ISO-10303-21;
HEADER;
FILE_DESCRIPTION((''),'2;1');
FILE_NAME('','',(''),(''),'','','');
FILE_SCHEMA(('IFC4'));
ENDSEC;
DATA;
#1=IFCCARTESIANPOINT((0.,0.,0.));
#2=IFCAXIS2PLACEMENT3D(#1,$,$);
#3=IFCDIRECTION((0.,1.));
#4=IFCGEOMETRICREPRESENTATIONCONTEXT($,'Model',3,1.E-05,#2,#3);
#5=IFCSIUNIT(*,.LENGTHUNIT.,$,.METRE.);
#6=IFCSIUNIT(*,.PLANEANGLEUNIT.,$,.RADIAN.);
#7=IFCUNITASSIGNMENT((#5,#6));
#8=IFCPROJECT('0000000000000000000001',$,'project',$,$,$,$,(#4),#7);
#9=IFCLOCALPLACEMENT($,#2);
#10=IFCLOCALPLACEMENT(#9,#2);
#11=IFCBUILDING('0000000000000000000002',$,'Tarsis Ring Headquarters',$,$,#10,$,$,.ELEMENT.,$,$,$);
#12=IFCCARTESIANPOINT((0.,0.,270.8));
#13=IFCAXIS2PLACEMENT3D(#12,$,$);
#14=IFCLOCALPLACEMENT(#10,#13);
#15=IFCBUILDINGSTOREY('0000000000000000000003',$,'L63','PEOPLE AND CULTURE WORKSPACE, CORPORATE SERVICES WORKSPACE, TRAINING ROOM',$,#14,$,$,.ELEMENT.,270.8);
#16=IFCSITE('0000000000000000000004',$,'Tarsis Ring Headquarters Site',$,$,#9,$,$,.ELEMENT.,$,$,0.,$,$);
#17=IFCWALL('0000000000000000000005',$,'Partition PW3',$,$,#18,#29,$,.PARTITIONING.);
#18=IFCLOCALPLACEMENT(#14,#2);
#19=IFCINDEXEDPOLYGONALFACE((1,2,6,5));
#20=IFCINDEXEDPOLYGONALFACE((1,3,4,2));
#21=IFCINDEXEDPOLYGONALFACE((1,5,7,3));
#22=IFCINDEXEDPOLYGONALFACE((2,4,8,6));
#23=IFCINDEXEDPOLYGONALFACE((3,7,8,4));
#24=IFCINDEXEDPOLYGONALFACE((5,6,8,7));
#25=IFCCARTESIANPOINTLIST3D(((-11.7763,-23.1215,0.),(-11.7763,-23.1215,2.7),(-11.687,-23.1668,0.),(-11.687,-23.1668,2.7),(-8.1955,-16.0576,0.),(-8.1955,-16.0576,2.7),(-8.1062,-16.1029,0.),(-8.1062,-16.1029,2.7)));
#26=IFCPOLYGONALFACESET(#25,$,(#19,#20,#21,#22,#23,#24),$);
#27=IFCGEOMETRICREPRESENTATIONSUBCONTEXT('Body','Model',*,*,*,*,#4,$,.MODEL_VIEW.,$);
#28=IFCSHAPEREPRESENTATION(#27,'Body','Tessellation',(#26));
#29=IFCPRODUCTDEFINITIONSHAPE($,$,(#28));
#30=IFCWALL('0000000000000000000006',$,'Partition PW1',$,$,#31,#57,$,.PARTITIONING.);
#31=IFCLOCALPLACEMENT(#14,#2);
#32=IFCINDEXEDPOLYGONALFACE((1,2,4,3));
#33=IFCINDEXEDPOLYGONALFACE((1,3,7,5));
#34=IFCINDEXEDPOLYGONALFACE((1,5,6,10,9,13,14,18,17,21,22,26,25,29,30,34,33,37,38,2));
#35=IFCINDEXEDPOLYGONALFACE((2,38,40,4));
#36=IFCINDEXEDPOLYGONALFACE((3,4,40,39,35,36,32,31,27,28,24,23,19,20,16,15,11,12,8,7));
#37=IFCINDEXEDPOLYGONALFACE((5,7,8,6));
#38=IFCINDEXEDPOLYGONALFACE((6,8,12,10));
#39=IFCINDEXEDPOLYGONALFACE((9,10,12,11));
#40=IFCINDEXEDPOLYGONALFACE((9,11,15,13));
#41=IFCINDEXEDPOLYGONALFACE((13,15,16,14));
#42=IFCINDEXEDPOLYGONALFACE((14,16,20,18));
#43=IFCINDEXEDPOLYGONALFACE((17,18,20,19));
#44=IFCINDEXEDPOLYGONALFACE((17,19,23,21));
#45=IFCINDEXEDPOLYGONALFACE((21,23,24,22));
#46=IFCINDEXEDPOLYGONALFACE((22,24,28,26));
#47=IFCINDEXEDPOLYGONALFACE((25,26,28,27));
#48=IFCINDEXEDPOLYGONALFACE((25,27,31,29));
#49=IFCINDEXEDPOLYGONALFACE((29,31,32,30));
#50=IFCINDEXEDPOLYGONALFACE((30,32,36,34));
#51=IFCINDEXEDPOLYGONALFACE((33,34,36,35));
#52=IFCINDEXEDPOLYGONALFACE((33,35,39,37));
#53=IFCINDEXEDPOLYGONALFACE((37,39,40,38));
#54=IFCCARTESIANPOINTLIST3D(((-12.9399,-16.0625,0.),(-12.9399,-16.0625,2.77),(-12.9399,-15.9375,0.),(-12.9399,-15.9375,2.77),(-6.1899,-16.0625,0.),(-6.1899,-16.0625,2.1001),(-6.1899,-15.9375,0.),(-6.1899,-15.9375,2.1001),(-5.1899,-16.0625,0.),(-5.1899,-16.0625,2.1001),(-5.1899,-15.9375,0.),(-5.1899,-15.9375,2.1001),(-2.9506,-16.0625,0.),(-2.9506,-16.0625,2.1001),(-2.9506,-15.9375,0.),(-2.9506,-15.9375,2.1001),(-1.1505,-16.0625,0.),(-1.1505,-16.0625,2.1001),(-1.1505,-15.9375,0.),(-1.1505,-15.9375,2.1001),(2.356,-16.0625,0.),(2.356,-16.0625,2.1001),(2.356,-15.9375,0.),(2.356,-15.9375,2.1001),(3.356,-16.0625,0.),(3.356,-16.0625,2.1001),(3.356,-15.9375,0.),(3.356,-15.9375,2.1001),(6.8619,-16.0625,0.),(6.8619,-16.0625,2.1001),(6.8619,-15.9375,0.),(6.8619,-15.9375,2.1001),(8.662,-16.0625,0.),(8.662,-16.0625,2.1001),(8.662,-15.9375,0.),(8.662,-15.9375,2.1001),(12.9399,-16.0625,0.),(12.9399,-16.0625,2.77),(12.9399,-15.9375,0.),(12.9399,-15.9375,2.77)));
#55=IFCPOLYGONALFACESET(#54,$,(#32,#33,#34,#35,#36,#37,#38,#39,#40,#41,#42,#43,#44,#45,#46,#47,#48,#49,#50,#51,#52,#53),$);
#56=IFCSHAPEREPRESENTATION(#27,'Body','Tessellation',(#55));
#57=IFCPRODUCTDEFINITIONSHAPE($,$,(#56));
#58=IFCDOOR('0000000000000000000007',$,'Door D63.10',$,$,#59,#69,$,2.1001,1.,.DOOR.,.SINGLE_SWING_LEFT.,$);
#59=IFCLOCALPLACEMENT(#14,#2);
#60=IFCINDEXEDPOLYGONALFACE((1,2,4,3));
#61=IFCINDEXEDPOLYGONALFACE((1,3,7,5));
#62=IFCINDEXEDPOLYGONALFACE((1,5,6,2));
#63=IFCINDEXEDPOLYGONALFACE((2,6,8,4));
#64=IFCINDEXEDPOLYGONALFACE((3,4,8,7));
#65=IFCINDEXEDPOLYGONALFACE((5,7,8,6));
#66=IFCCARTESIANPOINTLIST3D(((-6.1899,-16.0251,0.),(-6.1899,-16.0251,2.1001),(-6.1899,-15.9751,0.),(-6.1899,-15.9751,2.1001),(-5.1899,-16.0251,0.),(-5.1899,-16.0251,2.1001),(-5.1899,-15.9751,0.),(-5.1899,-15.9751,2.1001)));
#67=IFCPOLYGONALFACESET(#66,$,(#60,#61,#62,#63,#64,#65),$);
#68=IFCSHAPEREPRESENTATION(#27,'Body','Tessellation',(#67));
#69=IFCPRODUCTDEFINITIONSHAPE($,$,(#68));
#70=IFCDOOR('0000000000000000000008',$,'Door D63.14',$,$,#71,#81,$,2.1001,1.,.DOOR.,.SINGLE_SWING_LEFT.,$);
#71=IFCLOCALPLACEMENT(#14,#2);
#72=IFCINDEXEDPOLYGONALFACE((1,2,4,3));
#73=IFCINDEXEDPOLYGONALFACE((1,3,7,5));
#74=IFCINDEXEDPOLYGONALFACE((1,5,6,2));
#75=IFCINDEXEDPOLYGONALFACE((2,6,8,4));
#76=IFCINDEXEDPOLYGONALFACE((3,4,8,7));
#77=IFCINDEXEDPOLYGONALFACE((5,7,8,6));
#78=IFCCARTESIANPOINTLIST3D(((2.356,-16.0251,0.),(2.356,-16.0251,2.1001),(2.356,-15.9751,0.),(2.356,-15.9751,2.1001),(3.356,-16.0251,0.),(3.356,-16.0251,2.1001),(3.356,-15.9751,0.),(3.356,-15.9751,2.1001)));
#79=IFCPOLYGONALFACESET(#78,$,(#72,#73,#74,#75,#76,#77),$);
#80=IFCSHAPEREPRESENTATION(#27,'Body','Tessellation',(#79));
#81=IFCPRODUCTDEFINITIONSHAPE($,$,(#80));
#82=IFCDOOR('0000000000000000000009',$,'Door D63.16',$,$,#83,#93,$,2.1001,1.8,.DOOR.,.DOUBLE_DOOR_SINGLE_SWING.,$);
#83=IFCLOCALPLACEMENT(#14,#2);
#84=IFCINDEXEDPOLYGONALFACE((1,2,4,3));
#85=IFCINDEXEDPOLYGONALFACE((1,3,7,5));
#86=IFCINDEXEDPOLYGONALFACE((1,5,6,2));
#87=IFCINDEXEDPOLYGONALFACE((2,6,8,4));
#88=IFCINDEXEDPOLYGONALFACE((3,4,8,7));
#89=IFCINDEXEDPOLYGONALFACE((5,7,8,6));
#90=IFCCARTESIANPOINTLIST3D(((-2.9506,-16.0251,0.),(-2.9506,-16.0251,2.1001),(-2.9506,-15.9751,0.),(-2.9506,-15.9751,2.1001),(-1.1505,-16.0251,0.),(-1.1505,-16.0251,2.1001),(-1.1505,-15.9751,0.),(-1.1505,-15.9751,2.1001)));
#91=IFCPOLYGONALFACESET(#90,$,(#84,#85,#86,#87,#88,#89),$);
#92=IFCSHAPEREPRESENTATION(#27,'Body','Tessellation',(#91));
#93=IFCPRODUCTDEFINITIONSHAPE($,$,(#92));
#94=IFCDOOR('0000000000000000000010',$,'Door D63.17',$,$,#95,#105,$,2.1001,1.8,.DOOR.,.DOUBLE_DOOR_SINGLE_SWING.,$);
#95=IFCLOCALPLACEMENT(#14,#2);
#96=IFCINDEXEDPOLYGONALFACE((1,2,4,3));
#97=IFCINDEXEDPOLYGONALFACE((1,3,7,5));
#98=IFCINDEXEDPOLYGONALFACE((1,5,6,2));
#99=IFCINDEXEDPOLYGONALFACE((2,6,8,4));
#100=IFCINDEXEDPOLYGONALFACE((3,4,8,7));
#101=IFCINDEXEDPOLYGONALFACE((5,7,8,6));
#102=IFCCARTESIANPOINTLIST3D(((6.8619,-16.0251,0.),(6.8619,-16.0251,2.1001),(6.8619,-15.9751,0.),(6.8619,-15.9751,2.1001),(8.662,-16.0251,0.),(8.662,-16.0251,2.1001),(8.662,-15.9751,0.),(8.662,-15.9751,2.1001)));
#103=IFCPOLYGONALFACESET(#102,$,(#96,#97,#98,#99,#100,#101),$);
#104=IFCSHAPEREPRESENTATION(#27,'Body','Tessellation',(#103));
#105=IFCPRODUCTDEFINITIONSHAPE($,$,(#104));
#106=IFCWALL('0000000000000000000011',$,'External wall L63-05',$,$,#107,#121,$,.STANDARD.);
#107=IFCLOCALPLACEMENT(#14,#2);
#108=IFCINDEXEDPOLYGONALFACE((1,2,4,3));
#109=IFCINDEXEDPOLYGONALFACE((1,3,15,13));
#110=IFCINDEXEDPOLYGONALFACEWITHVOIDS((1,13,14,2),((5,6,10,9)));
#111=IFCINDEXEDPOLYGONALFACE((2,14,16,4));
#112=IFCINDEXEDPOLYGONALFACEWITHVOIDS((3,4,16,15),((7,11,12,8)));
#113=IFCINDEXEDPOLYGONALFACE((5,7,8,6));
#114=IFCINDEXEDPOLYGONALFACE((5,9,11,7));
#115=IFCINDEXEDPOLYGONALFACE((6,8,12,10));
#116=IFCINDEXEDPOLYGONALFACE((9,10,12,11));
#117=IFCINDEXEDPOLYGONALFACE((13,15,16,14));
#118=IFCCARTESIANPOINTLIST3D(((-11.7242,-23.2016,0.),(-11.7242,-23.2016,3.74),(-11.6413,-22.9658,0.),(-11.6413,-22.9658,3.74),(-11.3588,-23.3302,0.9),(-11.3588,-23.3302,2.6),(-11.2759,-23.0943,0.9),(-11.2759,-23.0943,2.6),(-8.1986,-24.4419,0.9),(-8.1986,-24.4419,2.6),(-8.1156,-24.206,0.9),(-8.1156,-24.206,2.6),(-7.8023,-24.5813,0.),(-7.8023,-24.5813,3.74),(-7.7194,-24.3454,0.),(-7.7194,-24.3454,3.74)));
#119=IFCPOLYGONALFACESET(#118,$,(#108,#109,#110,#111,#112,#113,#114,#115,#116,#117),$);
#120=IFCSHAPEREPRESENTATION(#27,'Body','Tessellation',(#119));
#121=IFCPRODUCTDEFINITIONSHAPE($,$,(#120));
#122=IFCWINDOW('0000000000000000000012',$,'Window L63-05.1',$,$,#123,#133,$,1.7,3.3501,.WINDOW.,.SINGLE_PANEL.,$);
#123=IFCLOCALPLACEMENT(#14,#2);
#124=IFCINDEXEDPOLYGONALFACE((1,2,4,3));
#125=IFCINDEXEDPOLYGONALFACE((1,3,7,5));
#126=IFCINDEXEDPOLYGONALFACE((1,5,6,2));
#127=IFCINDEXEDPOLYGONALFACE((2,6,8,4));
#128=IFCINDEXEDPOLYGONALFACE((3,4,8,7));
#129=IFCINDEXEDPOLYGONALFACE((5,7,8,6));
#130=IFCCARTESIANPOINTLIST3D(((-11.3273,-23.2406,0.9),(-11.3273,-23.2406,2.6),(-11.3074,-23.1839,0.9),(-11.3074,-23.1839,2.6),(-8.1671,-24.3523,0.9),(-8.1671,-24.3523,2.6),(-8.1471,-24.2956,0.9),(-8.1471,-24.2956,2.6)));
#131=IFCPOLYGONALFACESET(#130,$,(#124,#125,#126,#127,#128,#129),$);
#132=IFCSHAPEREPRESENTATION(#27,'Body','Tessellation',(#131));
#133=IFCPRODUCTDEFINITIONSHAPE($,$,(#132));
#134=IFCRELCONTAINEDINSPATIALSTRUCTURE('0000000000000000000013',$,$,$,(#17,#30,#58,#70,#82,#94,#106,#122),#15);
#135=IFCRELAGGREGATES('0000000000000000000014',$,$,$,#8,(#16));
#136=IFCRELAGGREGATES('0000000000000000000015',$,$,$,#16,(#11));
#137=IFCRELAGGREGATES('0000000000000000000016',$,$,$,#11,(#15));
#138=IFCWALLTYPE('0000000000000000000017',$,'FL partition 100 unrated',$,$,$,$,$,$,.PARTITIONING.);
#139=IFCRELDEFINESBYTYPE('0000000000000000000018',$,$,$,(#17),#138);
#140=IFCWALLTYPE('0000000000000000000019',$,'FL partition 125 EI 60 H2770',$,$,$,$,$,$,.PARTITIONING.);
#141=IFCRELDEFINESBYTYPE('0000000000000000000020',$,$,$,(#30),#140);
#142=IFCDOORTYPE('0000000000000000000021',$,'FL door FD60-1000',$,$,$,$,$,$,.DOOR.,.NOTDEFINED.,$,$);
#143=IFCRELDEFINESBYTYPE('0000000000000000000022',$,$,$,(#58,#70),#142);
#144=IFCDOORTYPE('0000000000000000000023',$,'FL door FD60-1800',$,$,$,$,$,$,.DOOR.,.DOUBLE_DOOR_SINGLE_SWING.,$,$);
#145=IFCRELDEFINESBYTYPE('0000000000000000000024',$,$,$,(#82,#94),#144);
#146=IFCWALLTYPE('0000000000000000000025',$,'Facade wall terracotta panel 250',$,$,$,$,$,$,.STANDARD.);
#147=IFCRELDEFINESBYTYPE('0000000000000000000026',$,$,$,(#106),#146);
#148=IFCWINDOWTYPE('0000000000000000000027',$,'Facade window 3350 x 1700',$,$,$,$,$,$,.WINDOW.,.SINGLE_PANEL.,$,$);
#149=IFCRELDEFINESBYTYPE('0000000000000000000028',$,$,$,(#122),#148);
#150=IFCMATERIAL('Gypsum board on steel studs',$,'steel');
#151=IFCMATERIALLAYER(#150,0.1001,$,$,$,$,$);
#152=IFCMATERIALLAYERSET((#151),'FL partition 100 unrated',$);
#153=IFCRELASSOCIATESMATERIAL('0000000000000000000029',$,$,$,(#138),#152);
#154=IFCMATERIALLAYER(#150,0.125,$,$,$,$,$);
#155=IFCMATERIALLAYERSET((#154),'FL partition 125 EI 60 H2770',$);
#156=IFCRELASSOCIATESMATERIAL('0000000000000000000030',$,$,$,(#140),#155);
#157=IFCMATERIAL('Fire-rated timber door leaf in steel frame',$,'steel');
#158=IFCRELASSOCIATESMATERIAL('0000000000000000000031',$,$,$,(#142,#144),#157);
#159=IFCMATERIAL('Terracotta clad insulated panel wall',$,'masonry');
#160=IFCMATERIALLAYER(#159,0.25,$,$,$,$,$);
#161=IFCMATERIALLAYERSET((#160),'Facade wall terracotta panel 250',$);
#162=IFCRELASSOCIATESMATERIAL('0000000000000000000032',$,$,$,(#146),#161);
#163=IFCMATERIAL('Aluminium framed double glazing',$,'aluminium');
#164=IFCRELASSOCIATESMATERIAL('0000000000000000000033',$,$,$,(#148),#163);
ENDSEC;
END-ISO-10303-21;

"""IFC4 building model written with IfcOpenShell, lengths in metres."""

from ifc_helpers import new_model, si_unit, direction, frame, frame_2d, origin, place, context, subcontext, project, spatial, rectangle, extrude, material, layer, layer_set, type_object, element, fill, save


model = new_model("IFC4")

# Units and contexts
model_context = context("Model", 3, precision=1e-05, world=origin(), true_north=direction((0.0, 1.0)))
body_context = subcontext(model_context, "Body", "Model", "MODEL_VIEW")
ifc_project = project(units=[si_unit("LENGTHUNIT", "METRE"), si_unit("PLANEANGLEUNIT", "RADIAN")], contexts=[model_context])

# Site, building, storey
site_placement = place(None, origin())
site = spatial("IfcSite", under=ifc_project, at=site_placement, Name="Tarsis Ring Headquarters Site", CompositionType="ELEMENT", RefElevation=0.0)
building_placement = place(site_placement, origin())
building = spatial("IfcBuilding", under=site, at=building_placement, Name="Tarsis Ring Headquarters", CompositionType="ELEMENT")
storey_placement = place(building_placement, frame((0.0, 0.0, 270.8)))
storey = spatial("IfcBuildingStorey", under=building, at=storey_placement, Name="L63", Description="PEOPLE AND CULTURE WORKSPACE, CORPORATE SERVICES WORKSPACE, TRAINING ROOM", CompositionType="ELEMENT", Elevation=270.8)

# Wall
ifc_material_1 = material(Name="Gypsum board on steel studs", Category="steel")
ifc_layer_1 = layer(ifc_material_1, 0.1001)
ifc_layer_set_1 = layer_set([ifc_layer_1], Name="FL partition 100 unrated")
wall_type_1 = type_object("IfcWallType", Name="FL partition 100 unrated", PredefinedType="PARTITIONING", material=ifc_layer_set_1)
wall_1_placement = place(storey_placement, frame((-11.7317, -23.1443, 0.0), z_axis=(0.0, 0.0, 1.0), x_axis=(0.452139, 0.891947, 0.0)))
element("IfcWall", 1, at=wall_1_placement, inside=storey, type_object=wall_type_1, Name="Partition PW3", PredefinedType="PARTITIONING", context=body_context, shape_type="SweptSolid", body=[
    extrude(rectangle(XDim=7.9197, YDim=0.1001, at=frame_2d((3.96, 0.0))), origin(), (0.0, 0.0, 1.0), 2.7),
])

# Wall, openings, doors
ifc_layer_2 = layer(ifc_material_1, 0.125)
ifc_layer_set_2 = layer_set([ifc_layer_2], Name="FL partition 125 EI 60 H2770")
wall_type_2 = type_object("IfcWallType", Name="FL partition 125 EI 60 H2770", PredefinedType="PARTITIONING", material=ifc_layer_set_2)
wall_2_placement = place(storey_placement, frame((-12.9399, -16.0, 0.0), z_axis=(0.0, 0.0, 1.0), x_axis=(1.0, 0.0, 0.0)))
wall_2 = element("IfcWall", 2, at=wall_2_placement, inside=storey, type_object=wall_type_2, Name="Partition PW1", PredefinedType="PARTITIONING", context=body_context, shape_type="SweptSolid", body=[
    extrude(rectangle(XDim=25.8799, YDim=0.125, at=frame_2d((12.9399, 0.0))), origin(), (0.0, 0.0, 1.0), 2.77),
])
opening_1_placement = place(wall_2_placement, frame((6.75, 0.0, 0.0)))
opening_1 = element("IfcOpeningElement", 3, at=opening_1_placement, cuts=wall_2, PredefinedType="OPENING", context=body_context, shape_type="SweptSolid", body=[
    extrude(rectangle(XDim=1.0, YDim=2.1001, at=frame_2d((0.5, 1.05))), frame((0.0, 0.0725, 0.0), z_axis=(0.0, -1.0, 0.0), x_axis=(1.0, 0.0, 0.0)), (0.0, 0.0, 1.0), 0.145),
])
opening_2_placement = place(wall_2_placement, frame((15.2959, 0.0, 0.0)))
opening_2 = element("IfcOpeningElement", 4, at=opening_2_placement, cuts=wall_2, PredefinedType="OPENING", context=body_context, shape_type="SweptSolid", body=[
    extrude(rectangle(XDim=1.0, YDim=2.1001, at=frame_2d((0.5, 1.05))), frame((0.0, 0.0725, 0.0), z_axis=(0.0, -1.0, 0.0), x_axis=(1.0, 0.0, 0.0)), (0.0, 0.0, 1.0), 0.145),
])
opening_3_placement = place(wall_2_placement, frame((9.9895, 0.0, 0.0)))
opening_3 = element("IfcOpeningElement", 5, at=opening_3_placement, cuts=wall_2, PredefinedType="OPENING", context=body_context, shape_type="SweptSolid", body=[
    extrude(rectangle(XDim=1.8, YDim=2.1001, at=frame_2d((0.8999, 1.05))), frame((0.0, 0.0725, 0.0), z_axis=(0.0, -1.0, 0.0), x_axis=(1.0, 0.0, 0.0)), (0.0, 0.0, 1.0), 0.145),
])
opening_4_placement = place(wall_2_placement, frame((19.802, 0.0, 0.0)))
opening_4 = element("IfcOpeningElement", 6, at=opening_4_placement, cuts=wall_2, PredefinedType="OPENING", context=body_context, shape_type="SweptSolid", body=[
    extrude(rectangle(XDim=1.8, YDim=2.1001, at=frame_2d((0.8999, 1.05))), frame((0.0, 0.0725, 0.0), z_axis=(0.0, -1.0, 0.0), x_axis=(1.0, 0.0, 0.0)), (0.0, 0.0, 1.0), 0.145),
])
ifc_material_2 = material(Name="Fire-rated timber door leaf in steel frame", Category="steel")
door_type_1 = type_object("IfcDoorType", Name="FL door FD60-1000", OperationType="NOTDEFINED", PredefinedType="DOOR", material=ifc_material_2)
door_1_placement = place(opening_1_placement, origin())
door_1 = element("IfcDoor", 7, at=door_1_placement, inside=storey, type_object=door_type_1, Name="Door D63.10", OperationType="SINGLE_SWING_LEFT", OverallHeight=2.1001, OverallWidth=1.0, PredefinedType="DOOR", context=body_context, shape_type="SweptSolid", body=[
    extrude(rectangle(XDim=1.0, YDim=2.1001, at=frame_2d((0.5, 1.05))), frame((0.0, 0.0249, 0.0), z_axis=(0.0, -1.0, 0.0), x_axis=(1.0, 0.0, 0.0)), (0.0, 0.0, 1.0), 0.05),
])
fill(opening_1, door_1)
door_2_placement = place(opening_2_placement, origin())
door_2 = element("IfcDoor", 8, at=door_2_placement, inside=storey, type_object=door_type_1, Name="Door D63.14", OperationType="SINGLE_SWING_LEFT", OverallHeight=2.1001, OverallWidth=1.0, PredefinedType="DOOR", context=body_context, shape_type="SweptSolid", body=[
    extrude(rectangle(XDim=1.0, YDim=2.1001, at=frame_2d((0.5, 1.05))), frame((0.0, 0.0249, 0.0), z_axis=(0.0, -1.0, 0.0), x_axis=(1.0, 0.0, 0.0)), (0.0, 0.0, 1.0), 0.05),
])
fill(opening_2, door_2)
door_type_2 = type_object("IfcDoorType", Name="FL door FD60-1800", OperationType="DOUBLE_DOOR_SINGLE_SWING", PredefinedType="DOOR", material=ifc_material_2)
door_3_placement = place(opening_3_placement, origin())
door_3 = element("IfcDoor", 9, at=door_3_placement, inside=storey, type_object=door_type_2, Name="Door D63.16", OperationType="DOUBLE_DOOR_SINGLE_SWING", OverallHeight=2.1001, OverallWidth=1.8, PredefinedType="DOOR", context=body_context, shape_type="SweptSolid", body=[
    extrude(rectangle(XDim=1.8, YDim=2.1001, at=frame_2d((0.8999, 1.05))), frame((0.0, 0.0249, 0.0), z_axis=(0.0, -1.0, 0.0), x_axis=(1.0, 0.0, 0.0)), (0.0, 0.0, 1.0), 0.05),
])
fill(opening_3, door_3)
door_4_placement = place(opening_4_placement, origin())
door_4 = element("IfcDoor", 10, at=door_4_placement, inside=storey, type_object=door_type_2, Name="Door D63.17", OperationType="DOUBLE_DOOR_SINGLE_SWING", OverallHeight=2.1001, OverallWidth=1.8, PredefinedType="DOOR", context=body_context, shape_type="SweptSolid", body=[
    extrude(rectangle(XDim=1.8, YDim=2.1001, at=frame_2d((0.8999, 1.05))), frame((0.0, 0.0249, 0.0), z_axis=(0.0, -1.0, 0.0), x_axis=(1.0, 0.0, 0.0)), (0.0, 0.0, 1.0), 0.05),
])
fill(opening_4, door_4)

# Wall, opening, window
ifc_material_3 = material(Name="Terracotta clad insulated panel wall", Category="masonry")
ifc_layer_3 = layer(ifc_material_3, 0.25)
ifc_layer_set_3 = layer_set([ifc_layer_3], Name="Facade wall terracotta panel 250")
wall_type_3 = type_object("IfcWallType", Name="Facade wall terracotta panel 250", PredefinedType="STANDARD", material=ifc_layer_set_3)
wall_3_placement = place(storey_placement, frame((-11.6826, -23.0837, 0.0), z_axis=(0.0, 0.0, 1.0), x_axis=(0.943333, -0.331846, 0.0)))
wall_3 = element("IfcWall", 11, at=wall_3_placement, inside=storey, type_object=wall_type_3, Name="External wall L63-05", PredefinedType="STANDARD", context=body_context, shape_type="SweptSolid", body=[
    extrude(rectangle(XDim=4.1575, YDim=0.25, at=frame_2d((2.0786, 0.0))), origin(), (0.0, 0.0, 1.0), 3.74),
])
opening_5_placement = place(wall_3_placement, frame((0.3872, 0.0, 0.8999)))
opening_5 = element("IfcOpeningElement", 12, at=opening_5_placement, cuts=wall_3, PredefinedType="OPENING", context=body_context, shape_type="SweptSolid", body=[
    extrude(rectangle(XDim=3.3501, YDim=1.7, at=frame_2d((1.675, 0.8501))), frame((0.0, 0.135, 0.0), z_axis=(0.0, -1.0, 0.0), x_axis=(1.0, 0.0, 0.0)), (0.0, 0.0, 1.0), 0.27),
])
ifc_material_4 = material(Name="Aluminium framed double glazing", Category="aluminium")
window_type_1 = type_object("IfcWindowType", Name="Facade window 3350 x 1700", PartitioningType="SINGLE_PANEL", PredefinedType="WINDOW", material=ifc_material_4)
window_1_placement = place(opening_5_placement, origin())
window_1 = element("IfcWindow", 13, at=window_1_placement, inside=storey, type_object=window_type_1, Name="Window L63-05.1", OverallHeight=1.7, OverallWidth=3.3501, PartitioningType="SINGLE_PANEL", PredefinedType="WINDOW", context=body_context, shape_type="SweptSolid", body=[
    extrude(rectangle(XDim=3.3501, YDim=1.7, at=frame_2d((1.675, 0.8501))), frame((0.0, 0.03, 0.0), z_axis=(0.0, -1.0, 0.0), x_axis=(1.0, 0.0, 0.0)), (0.0, 0.0, 1.0), 0.0601),
])
fill(opening_5, window_1)

save(model, "model.ifc")
